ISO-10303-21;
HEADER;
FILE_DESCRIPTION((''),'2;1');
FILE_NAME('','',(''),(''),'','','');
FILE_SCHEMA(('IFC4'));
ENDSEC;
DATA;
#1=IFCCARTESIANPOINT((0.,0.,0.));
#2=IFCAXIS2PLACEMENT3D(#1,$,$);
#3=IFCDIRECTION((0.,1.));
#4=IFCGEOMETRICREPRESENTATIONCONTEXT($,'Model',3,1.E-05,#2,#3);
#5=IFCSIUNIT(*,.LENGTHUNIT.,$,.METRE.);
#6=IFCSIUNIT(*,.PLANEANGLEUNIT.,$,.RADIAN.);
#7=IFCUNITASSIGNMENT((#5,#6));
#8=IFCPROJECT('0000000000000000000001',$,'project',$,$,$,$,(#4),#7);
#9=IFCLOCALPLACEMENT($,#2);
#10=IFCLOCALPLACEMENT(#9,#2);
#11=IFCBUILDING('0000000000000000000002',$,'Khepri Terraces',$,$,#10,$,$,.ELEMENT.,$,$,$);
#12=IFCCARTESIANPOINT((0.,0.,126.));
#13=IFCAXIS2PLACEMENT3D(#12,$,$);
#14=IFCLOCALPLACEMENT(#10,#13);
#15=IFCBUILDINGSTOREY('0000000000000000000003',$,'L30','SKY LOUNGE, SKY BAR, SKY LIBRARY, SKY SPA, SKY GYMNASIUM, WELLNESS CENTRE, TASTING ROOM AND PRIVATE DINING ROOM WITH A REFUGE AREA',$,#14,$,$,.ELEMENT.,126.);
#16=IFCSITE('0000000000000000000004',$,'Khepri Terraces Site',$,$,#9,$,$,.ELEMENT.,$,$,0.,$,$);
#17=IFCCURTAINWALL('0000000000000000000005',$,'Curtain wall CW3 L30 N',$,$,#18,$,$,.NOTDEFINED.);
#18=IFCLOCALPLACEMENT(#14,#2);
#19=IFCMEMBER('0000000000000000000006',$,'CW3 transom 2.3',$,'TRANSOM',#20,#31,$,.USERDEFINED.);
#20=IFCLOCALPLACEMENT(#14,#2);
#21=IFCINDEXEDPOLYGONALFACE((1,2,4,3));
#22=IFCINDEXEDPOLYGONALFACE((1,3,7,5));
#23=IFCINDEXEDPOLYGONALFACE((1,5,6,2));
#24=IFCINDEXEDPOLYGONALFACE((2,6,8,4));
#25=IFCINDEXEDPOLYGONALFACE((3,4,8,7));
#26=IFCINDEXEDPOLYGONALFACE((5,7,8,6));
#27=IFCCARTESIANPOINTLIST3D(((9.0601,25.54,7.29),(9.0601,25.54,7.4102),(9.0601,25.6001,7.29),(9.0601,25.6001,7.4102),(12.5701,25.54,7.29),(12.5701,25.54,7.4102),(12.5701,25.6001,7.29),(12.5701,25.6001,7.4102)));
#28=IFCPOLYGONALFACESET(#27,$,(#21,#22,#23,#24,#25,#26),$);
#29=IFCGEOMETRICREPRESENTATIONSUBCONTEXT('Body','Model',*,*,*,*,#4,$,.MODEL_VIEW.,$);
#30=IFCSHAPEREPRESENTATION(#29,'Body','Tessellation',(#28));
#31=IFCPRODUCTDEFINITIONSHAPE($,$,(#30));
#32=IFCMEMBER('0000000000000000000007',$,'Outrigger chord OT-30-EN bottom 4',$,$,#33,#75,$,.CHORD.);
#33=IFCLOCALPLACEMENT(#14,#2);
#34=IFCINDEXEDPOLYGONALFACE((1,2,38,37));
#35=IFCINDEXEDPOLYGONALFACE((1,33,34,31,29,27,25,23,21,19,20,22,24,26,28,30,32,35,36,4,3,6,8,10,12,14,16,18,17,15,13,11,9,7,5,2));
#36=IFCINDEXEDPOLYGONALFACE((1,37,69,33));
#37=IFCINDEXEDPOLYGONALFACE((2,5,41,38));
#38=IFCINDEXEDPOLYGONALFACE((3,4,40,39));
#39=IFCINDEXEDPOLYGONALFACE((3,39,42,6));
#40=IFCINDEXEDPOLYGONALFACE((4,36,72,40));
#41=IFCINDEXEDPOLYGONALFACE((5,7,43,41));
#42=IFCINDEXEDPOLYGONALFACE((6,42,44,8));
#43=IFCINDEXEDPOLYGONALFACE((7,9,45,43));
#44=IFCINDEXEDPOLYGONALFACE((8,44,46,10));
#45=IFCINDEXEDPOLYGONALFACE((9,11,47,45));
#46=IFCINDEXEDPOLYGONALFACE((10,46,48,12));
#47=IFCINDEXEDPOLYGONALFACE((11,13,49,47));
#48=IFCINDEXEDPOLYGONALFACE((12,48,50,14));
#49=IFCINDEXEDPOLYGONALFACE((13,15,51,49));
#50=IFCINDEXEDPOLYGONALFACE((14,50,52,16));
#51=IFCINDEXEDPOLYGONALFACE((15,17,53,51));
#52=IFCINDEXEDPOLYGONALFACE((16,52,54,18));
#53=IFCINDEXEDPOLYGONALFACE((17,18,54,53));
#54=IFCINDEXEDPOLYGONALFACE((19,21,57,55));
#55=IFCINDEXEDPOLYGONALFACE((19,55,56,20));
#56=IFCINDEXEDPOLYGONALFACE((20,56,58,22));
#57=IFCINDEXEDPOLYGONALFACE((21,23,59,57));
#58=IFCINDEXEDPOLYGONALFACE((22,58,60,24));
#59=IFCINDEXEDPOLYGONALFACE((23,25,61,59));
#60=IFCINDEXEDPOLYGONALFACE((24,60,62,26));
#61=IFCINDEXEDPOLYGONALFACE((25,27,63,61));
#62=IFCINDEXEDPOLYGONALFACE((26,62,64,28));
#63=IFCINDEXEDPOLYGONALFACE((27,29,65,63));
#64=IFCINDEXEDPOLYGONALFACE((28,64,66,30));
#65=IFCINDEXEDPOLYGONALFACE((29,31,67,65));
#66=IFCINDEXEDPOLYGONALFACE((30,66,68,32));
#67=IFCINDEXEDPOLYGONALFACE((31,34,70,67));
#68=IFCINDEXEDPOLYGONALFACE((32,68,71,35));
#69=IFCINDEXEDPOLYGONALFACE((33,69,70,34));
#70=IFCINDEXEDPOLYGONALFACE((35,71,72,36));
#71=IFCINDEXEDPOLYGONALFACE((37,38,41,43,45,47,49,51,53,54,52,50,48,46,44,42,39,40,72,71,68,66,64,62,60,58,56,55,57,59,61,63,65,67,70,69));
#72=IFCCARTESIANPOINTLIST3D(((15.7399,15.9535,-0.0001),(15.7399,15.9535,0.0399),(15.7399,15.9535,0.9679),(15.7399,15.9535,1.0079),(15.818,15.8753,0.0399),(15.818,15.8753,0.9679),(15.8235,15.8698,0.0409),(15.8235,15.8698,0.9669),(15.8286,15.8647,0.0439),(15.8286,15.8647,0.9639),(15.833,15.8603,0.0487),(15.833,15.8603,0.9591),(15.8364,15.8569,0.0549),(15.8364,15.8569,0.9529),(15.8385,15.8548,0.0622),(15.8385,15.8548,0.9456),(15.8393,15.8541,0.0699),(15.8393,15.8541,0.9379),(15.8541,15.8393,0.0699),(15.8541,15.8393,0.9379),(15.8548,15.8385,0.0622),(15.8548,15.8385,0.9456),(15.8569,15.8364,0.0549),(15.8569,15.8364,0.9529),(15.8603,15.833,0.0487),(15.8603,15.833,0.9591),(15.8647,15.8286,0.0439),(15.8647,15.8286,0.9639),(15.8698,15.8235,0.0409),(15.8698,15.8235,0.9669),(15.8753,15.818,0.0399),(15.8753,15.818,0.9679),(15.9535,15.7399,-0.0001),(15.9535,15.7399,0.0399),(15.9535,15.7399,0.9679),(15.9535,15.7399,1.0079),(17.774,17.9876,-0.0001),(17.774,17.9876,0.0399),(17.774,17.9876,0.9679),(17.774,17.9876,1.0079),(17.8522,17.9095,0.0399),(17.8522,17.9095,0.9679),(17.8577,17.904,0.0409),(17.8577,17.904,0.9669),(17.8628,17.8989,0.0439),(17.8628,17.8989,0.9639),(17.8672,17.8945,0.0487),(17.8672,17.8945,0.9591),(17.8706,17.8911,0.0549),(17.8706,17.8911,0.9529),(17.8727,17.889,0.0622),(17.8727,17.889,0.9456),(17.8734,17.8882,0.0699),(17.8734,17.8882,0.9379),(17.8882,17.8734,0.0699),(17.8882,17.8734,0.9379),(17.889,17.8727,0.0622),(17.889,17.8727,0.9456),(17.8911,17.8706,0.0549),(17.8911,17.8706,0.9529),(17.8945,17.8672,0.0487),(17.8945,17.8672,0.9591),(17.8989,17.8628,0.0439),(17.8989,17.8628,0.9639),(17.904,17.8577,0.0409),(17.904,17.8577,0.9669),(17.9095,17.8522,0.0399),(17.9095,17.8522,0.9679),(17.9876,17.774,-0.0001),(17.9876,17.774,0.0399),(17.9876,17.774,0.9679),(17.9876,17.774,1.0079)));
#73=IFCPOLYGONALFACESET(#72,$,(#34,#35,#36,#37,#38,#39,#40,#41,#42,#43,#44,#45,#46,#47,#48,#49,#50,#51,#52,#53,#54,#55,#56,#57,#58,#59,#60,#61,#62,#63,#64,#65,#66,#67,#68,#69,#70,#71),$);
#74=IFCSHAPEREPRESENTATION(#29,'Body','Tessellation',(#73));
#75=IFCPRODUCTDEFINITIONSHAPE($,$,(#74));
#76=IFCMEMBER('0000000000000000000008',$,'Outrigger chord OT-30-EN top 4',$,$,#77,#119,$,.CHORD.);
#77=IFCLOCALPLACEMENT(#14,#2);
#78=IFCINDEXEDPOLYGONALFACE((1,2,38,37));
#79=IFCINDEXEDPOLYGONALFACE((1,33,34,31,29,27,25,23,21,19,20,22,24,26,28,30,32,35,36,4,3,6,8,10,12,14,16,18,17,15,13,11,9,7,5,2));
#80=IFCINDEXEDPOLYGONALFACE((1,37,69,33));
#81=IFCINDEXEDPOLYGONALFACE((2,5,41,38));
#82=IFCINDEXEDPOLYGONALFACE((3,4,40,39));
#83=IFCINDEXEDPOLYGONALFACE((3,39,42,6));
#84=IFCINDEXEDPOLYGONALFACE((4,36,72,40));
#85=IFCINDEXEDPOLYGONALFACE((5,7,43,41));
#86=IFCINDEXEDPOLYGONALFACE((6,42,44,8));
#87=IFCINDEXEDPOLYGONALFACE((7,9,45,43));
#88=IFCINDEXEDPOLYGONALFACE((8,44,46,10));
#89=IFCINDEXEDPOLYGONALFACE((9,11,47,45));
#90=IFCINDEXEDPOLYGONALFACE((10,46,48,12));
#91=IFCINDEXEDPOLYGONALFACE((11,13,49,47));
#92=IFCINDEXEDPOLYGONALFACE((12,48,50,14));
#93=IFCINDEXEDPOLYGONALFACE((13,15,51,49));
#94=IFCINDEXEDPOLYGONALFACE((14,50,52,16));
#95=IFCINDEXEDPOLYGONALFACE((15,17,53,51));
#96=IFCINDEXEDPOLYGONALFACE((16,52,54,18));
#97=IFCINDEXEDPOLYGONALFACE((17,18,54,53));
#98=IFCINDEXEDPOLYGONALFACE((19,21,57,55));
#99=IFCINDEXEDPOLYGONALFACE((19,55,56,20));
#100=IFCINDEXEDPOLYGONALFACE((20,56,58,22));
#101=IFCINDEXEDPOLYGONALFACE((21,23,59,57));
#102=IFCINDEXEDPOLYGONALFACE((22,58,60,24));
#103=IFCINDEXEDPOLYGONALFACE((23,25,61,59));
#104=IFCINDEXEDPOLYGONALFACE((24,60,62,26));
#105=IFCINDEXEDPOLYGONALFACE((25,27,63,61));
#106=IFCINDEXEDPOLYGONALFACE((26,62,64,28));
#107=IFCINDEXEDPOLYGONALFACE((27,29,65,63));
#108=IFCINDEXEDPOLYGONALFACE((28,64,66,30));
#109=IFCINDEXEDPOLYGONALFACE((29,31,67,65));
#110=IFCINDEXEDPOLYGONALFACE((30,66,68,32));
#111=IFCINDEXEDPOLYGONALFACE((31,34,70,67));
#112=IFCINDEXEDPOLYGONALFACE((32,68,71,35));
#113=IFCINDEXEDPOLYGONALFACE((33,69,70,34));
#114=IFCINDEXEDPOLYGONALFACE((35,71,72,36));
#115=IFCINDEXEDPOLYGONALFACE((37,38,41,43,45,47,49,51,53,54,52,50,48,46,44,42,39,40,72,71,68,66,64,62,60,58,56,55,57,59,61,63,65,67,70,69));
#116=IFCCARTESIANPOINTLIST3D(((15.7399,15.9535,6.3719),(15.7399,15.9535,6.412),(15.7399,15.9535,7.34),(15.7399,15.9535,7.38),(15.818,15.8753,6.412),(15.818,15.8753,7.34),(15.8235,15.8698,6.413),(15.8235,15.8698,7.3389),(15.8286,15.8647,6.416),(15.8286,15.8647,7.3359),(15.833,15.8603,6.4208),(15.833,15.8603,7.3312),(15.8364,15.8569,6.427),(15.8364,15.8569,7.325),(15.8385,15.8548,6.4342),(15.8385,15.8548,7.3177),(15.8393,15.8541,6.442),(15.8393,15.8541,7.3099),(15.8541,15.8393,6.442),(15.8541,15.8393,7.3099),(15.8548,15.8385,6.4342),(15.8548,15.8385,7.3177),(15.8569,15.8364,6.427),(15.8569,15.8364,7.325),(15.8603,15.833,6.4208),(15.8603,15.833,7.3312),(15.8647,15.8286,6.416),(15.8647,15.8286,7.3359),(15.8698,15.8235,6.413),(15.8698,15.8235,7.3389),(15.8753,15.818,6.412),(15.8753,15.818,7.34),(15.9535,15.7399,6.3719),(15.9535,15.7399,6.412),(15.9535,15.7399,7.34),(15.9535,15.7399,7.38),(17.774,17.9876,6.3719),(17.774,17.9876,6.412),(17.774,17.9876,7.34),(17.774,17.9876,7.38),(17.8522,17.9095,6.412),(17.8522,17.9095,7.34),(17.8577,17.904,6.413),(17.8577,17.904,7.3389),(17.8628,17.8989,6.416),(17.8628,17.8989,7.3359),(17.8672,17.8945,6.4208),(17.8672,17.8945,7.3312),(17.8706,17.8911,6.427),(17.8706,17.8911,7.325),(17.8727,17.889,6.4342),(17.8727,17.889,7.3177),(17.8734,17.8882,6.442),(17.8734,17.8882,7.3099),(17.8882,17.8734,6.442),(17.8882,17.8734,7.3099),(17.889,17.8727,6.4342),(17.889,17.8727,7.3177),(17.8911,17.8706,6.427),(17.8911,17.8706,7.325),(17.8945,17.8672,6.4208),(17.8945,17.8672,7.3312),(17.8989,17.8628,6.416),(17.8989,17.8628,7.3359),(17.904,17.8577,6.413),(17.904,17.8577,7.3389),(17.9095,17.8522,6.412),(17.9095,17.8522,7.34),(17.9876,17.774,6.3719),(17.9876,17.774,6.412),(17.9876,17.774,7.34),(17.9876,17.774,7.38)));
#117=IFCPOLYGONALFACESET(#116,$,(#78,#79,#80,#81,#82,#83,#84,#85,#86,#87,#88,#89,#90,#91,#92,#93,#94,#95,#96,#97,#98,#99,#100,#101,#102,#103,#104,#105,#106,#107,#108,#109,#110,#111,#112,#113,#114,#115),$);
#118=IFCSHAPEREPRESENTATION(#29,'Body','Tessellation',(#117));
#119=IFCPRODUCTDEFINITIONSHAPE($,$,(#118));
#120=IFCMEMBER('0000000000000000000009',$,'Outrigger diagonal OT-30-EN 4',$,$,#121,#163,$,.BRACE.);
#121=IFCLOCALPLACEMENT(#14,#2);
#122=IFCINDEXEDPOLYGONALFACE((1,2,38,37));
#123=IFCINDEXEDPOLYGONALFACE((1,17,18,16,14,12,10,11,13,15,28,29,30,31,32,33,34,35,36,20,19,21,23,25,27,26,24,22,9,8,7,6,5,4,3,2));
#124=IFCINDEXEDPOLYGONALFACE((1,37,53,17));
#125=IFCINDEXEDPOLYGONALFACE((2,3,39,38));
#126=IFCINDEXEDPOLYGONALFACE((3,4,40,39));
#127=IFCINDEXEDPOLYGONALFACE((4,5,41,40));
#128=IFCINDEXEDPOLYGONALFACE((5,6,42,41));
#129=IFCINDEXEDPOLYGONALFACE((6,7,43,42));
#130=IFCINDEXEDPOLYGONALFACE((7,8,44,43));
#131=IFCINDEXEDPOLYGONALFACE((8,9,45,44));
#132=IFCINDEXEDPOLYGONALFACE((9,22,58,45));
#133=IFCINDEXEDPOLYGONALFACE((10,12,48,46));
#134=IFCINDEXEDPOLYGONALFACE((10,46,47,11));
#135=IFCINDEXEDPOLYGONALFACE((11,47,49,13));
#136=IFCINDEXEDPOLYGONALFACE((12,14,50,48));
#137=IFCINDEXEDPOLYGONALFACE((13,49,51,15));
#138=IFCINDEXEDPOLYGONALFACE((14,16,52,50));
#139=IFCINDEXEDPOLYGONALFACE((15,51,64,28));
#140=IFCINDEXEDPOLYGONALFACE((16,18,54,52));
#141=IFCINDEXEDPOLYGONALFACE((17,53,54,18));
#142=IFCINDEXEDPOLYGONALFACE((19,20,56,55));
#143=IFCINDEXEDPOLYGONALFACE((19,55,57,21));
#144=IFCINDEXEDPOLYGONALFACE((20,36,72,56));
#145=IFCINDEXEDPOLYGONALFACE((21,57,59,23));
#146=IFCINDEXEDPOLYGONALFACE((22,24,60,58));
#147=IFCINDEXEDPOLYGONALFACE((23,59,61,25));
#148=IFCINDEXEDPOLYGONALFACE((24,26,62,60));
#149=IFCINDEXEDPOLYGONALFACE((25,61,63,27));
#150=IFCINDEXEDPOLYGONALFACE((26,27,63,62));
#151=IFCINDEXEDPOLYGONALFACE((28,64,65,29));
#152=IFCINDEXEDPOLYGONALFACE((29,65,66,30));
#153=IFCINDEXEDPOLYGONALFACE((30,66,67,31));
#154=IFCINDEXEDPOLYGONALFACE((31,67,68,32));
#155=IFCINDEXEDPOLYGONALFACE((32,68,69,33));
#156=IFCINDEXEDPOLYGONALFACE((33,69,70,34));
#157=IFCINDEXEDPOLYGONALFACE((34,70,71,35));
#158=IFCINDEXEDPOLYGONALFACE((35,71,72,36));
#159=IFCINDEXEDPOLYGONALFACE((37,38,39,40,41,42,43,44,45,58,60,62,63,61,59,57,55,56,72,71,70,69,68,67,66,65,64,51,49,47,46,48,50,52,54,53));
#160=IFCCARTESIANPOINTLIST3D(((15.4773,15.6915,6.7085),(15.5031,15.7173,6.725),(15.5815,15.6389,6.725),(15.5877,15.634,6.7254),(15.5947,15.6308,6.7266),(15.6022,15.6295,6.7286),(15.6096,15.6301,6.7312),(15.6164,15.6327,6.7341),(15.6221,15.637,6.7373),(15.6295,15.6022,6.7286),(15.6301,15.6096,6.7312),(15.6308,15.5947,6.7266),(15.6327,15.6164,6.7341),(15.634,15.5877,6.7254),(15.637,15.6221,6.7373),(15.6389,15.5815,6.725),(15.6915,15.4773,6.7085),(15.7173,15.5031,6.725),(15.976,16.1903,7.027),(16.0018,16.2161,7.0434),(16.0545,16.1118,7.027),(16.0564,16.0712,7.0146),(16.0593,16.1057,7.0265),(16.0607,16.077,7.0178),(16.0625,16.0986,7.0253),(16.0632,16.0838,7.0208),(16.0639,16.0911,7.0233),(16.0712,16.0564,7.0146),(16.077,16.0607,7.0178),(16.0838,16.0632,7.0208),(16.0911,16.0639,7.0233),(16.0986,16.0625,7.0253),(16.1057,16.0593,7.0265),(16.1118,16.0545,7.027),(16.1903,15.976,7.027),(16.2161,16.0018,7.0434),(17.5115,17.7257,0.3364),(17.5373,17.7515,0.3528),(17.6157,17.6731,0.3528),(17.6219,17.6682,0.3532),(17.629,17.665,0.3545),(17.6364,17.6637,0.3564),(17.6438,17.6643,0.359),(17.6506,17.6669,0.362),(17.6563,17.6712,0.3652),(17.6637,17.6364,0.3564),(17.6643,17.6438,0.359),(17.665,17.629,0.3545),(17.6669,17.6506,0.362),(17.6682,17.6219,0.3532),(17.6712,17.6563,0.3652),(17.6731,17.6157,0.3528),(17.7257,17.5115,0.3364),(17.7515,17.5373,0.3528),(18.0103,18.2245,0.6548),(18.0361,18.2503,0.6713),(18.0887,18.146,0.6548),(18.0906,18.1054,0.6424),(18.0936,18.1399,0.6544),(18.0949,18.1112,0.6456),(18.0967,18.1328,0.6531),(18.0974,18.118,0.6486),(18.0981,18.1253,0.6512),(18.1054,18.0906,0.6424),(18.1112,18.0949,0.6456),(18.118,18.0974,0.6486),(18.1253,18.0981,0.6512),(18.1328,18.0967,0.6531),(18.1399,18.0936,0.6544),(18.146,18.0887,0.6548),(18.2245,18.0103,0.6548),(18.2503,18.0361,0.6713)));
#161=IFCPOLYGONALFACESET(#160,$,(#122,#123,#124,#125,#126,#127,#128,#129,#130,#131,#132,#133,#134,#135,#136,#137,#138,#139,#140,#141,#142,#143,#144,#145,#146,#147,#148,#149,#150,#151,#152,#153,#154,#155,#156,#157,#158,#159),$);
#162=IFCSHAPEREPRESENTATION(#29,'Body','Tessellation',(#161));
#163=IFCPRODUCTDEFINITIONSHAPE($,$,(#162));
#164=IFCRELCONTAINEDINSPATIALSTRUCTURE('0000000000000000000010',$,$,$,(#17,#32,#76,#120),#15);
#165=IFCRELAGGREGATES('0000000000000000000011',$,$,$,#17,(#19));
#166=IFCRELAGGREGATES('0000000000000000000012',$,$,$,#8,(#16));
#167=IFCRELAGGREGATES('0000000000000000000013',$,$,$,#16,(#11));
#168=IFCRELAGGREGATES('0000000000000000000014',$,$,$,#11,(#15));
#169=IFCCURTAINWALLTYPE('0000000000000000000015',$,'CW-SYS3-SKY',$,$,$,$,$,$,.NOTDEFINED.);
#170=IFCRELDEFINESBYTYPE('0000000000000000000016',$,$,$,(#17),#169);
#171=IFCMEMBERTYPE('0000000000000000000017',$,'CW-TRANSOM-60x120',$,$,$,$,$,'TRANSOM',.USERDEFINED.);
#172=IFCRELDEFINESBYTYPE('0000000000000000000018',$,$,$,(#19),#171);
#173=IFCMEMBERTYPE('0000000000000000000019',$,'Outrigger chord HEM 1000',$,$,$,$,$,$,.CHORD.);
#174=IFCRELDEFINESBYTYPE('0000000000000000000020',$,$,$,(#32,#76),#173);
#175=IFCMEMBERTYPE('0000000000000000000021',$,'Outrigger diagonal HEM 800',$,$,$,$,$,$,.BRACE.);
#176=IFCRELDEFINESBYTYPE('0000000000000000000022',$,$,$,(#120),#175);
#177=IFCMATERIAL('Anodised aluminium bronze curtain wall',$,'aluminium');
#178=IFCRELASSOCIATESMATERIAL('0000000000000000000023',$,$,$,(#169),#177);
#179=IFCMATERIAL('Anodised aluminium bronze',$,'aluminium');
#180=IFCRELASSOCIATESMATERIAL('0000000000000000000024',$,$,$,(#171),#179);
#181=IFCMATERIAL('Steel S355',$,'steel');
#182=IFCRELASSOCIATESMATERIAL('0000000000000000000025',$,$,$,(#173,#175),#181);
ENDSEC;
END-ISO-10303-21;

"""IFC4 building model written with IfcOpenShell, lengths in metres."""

from ifc_helpers import new_model, si_unit, direction, frame, origin, origin_2d, place, context, subcontext, project, spatial, rectangle, i_section, extrude, material, material_profile, profile_set, type_object, element, aggregate, save


model = new_model("IFC4")

# Units and contexts
model_context = context("Model", 3, precision=1e-05, world=origin(), true_north=direction((0.0, 1.0)))
body_context = subcontext(model_context, "Body", "Model", "MODEL_VIEW")
ifc_project = project(units=[si_unit("LENGTHUNIT", "METRE"), si_unit("PLANEANGLEUNIT", "RADIAN")], contexts=[model_context])

# Site, building, storey
site_placement = place(None, origin())
site = spatial("IfcSite", under=ifc_project, at=site_placement, Name="Khepri Terraces Site", CompositionType="ELEMENT", RefElevation=0.0)
building_placement = place(site_placement, origin())
building = spatial("IfcBuilding", under=site, at=building_placement, Name="Khepri Terraces", CompositionType="ELEMENT")
storey_placement = place(building_placement, frame((0.0, 0.0, 126.0)))
storey = spatial("IfcBuildingStorey", under=building, at=storey_placement, Name="L30", Description="SKY LOUNGE, SKY BAR, SKY LIBRARY, SKY SPA, SKY GYMNASIUM, WELLNESS CENTRE, TASTING ROOM AND PRIVATE DINING ROOM WITH A REFUGE AREA", CompositionType="ELEMENT", Elevation=126.0)

# Shared definitions
ifc_material_1 = material(Name="Steel S355", Category="steel")

# Curtain wall, member
ifc_material_2 = material(Name="Anodised aluminium bronze curtain wall", Category="aluminium")
curtain_wall_type = type_object("IfcCurtainWallType", Name="CW-SYS3-SKY", PredefinedType="NOTDEFINED", material=ifc_material_2)
curtain_wall_placement = place(storey_placement, origin())
curtain_wall = element("IfcCurtainWall", 1, at=curtain_wall_placement, inside=storey, type_object=curtain_wall_type, Name="Curtain wall CW3 L30 N", PredefinedType="NOTDEFINED")
ifc_material_3 = material(Name="Anodised aluminium bronze", Category="aluminium")
ifc_material_profile_1 = material_profile(ifc_material_3, rectangle(XDim=0.0601, YDim=0.1201, at=origin_2d()), Name="Anodised aluminium bronze", Category="aluminium")
ifc_profile_set_1 = profile_set([ifc_material_profile_1], Name="Anodised aluminium bronze")
member_type_1 = type_object("IfcMemberType", Name="CW-TRANSOM-60x120", ElementType="TRANSOM", PredefinedType="USERDEFINED", material=ifc_profile_set_1)
member_1_placement = place(storey_placement, frame((12.5701, 25.5701, 7.3501), z_axis=(-1.0, 0.0, 0.0), x_axis=(0.0, -1.0, 0.0)))
member_1 = element("IfcMember", 2, at=member_1_placement, type_object=member_type_1, Name="CW3 transom 2.3", ObjectType="TRANSOM", PredefinedType="USERDEFINED", context=body_context, shape_type="SweptSolid", body=[
    extrude(rectangle(XDim=0.0601, YDim=0.1201, at=origin_2d()), origin(), (0.0, 0.0, 1.0), 3.51),
])

# Members
ifc_material_profile_2 = material_profile(ifc_material_1, i_section(OverallWidth=0.302, OverallDepth=1.0081, WebThickness=0.021, FlangeThickness=0.04, FilletRadius=0.03, at=origin_2d()), Name="Steel S355", Category="steel")
ifc_profile_set_2 = profile_set([ifc_material_profile_2], Name="Steel S355")
member_type_2 = type_object("IfcMemberType", Name="Outrigger chord HEM 1000", PredefinedType="CHORD", material=ifc_profile_set_2)
for number, where, z_axis, x_axis, name in (
    (3, (15.8467, 15.8467, 0.5039), (0.707107, 0.707107, 0.0), (-0.707107, 0.707107, 0.0), "Outrigger chord OT-30-EN bottom 4"),
    (4, (15.8467, 15.8467, 6.876), (0.707107, 0.707107, 0.0), (-0.707107, 0.707107, 0.0), "Outrigger chord OT-30-EN top 4"),
):
    element("IfcMember", number, at=place(storey_placement, frame(where, z_axis=z_axis, x_axis=x_axis)), inside=storey, type_object=member_type_2, Name=name, PredefinedType="CHORD", context=body_context, shape_type="SweptSolid", body=[
        extrude(i_section(OverallWidth=0.302, OverallDepth=1.0081, WebThickness=0.021, FlangeThickness=0.04, FilletRadius=0.03, at=origin_2d()), origin(), (0.0, 0.0, 1.0), 2.8767),
    ])
ifc_material_profile_3 = material_profile(ifc_material_1, i_section(OverallWidth=0.303, OverallDepth=0.814, WebThickness=0.021, FlangeThickness=0.04, FilletRadius=0.03, at=origin_2d()), Name="Steel S355", Category="steel")
ifc_profile_set_3 = profile_set([ifc_material_profile_3], Name="Steel S355")
member_type_3 = type_object("IfcMemberType", Name="Outrigger diagonal HEM 800", PredefinedType="BRACE", material=ifc_profile_set_3)
member_2_placement = place(storey_placement, frame((15.8467, 15.8467, 6.876), z_axis=(0.290956, 0.290956, -0.911421), x_axis=(-0.707107, 0.707107, 0.0)))
element("IfcMember", 5, at=member_2_placement, inside=storey, type_object=member_type_3, Name="Outrigger diagonal OT-30-EN 4", PredefinedType="BRACE", context=body_context, shape_type="SweptSolid", body=[
    extrude(i_section(OverallWidth=0.303, OverallDepth=0.814, WebThickness=0.021, FlangeThickness=0.04, FilletRadius=0.03, at=origin_2d()), origin(), (0.0, 0.0, 1.0), 6.9915),
])

aggregate(curtain_wall, [member_1])

save(model, "model.ifc")
